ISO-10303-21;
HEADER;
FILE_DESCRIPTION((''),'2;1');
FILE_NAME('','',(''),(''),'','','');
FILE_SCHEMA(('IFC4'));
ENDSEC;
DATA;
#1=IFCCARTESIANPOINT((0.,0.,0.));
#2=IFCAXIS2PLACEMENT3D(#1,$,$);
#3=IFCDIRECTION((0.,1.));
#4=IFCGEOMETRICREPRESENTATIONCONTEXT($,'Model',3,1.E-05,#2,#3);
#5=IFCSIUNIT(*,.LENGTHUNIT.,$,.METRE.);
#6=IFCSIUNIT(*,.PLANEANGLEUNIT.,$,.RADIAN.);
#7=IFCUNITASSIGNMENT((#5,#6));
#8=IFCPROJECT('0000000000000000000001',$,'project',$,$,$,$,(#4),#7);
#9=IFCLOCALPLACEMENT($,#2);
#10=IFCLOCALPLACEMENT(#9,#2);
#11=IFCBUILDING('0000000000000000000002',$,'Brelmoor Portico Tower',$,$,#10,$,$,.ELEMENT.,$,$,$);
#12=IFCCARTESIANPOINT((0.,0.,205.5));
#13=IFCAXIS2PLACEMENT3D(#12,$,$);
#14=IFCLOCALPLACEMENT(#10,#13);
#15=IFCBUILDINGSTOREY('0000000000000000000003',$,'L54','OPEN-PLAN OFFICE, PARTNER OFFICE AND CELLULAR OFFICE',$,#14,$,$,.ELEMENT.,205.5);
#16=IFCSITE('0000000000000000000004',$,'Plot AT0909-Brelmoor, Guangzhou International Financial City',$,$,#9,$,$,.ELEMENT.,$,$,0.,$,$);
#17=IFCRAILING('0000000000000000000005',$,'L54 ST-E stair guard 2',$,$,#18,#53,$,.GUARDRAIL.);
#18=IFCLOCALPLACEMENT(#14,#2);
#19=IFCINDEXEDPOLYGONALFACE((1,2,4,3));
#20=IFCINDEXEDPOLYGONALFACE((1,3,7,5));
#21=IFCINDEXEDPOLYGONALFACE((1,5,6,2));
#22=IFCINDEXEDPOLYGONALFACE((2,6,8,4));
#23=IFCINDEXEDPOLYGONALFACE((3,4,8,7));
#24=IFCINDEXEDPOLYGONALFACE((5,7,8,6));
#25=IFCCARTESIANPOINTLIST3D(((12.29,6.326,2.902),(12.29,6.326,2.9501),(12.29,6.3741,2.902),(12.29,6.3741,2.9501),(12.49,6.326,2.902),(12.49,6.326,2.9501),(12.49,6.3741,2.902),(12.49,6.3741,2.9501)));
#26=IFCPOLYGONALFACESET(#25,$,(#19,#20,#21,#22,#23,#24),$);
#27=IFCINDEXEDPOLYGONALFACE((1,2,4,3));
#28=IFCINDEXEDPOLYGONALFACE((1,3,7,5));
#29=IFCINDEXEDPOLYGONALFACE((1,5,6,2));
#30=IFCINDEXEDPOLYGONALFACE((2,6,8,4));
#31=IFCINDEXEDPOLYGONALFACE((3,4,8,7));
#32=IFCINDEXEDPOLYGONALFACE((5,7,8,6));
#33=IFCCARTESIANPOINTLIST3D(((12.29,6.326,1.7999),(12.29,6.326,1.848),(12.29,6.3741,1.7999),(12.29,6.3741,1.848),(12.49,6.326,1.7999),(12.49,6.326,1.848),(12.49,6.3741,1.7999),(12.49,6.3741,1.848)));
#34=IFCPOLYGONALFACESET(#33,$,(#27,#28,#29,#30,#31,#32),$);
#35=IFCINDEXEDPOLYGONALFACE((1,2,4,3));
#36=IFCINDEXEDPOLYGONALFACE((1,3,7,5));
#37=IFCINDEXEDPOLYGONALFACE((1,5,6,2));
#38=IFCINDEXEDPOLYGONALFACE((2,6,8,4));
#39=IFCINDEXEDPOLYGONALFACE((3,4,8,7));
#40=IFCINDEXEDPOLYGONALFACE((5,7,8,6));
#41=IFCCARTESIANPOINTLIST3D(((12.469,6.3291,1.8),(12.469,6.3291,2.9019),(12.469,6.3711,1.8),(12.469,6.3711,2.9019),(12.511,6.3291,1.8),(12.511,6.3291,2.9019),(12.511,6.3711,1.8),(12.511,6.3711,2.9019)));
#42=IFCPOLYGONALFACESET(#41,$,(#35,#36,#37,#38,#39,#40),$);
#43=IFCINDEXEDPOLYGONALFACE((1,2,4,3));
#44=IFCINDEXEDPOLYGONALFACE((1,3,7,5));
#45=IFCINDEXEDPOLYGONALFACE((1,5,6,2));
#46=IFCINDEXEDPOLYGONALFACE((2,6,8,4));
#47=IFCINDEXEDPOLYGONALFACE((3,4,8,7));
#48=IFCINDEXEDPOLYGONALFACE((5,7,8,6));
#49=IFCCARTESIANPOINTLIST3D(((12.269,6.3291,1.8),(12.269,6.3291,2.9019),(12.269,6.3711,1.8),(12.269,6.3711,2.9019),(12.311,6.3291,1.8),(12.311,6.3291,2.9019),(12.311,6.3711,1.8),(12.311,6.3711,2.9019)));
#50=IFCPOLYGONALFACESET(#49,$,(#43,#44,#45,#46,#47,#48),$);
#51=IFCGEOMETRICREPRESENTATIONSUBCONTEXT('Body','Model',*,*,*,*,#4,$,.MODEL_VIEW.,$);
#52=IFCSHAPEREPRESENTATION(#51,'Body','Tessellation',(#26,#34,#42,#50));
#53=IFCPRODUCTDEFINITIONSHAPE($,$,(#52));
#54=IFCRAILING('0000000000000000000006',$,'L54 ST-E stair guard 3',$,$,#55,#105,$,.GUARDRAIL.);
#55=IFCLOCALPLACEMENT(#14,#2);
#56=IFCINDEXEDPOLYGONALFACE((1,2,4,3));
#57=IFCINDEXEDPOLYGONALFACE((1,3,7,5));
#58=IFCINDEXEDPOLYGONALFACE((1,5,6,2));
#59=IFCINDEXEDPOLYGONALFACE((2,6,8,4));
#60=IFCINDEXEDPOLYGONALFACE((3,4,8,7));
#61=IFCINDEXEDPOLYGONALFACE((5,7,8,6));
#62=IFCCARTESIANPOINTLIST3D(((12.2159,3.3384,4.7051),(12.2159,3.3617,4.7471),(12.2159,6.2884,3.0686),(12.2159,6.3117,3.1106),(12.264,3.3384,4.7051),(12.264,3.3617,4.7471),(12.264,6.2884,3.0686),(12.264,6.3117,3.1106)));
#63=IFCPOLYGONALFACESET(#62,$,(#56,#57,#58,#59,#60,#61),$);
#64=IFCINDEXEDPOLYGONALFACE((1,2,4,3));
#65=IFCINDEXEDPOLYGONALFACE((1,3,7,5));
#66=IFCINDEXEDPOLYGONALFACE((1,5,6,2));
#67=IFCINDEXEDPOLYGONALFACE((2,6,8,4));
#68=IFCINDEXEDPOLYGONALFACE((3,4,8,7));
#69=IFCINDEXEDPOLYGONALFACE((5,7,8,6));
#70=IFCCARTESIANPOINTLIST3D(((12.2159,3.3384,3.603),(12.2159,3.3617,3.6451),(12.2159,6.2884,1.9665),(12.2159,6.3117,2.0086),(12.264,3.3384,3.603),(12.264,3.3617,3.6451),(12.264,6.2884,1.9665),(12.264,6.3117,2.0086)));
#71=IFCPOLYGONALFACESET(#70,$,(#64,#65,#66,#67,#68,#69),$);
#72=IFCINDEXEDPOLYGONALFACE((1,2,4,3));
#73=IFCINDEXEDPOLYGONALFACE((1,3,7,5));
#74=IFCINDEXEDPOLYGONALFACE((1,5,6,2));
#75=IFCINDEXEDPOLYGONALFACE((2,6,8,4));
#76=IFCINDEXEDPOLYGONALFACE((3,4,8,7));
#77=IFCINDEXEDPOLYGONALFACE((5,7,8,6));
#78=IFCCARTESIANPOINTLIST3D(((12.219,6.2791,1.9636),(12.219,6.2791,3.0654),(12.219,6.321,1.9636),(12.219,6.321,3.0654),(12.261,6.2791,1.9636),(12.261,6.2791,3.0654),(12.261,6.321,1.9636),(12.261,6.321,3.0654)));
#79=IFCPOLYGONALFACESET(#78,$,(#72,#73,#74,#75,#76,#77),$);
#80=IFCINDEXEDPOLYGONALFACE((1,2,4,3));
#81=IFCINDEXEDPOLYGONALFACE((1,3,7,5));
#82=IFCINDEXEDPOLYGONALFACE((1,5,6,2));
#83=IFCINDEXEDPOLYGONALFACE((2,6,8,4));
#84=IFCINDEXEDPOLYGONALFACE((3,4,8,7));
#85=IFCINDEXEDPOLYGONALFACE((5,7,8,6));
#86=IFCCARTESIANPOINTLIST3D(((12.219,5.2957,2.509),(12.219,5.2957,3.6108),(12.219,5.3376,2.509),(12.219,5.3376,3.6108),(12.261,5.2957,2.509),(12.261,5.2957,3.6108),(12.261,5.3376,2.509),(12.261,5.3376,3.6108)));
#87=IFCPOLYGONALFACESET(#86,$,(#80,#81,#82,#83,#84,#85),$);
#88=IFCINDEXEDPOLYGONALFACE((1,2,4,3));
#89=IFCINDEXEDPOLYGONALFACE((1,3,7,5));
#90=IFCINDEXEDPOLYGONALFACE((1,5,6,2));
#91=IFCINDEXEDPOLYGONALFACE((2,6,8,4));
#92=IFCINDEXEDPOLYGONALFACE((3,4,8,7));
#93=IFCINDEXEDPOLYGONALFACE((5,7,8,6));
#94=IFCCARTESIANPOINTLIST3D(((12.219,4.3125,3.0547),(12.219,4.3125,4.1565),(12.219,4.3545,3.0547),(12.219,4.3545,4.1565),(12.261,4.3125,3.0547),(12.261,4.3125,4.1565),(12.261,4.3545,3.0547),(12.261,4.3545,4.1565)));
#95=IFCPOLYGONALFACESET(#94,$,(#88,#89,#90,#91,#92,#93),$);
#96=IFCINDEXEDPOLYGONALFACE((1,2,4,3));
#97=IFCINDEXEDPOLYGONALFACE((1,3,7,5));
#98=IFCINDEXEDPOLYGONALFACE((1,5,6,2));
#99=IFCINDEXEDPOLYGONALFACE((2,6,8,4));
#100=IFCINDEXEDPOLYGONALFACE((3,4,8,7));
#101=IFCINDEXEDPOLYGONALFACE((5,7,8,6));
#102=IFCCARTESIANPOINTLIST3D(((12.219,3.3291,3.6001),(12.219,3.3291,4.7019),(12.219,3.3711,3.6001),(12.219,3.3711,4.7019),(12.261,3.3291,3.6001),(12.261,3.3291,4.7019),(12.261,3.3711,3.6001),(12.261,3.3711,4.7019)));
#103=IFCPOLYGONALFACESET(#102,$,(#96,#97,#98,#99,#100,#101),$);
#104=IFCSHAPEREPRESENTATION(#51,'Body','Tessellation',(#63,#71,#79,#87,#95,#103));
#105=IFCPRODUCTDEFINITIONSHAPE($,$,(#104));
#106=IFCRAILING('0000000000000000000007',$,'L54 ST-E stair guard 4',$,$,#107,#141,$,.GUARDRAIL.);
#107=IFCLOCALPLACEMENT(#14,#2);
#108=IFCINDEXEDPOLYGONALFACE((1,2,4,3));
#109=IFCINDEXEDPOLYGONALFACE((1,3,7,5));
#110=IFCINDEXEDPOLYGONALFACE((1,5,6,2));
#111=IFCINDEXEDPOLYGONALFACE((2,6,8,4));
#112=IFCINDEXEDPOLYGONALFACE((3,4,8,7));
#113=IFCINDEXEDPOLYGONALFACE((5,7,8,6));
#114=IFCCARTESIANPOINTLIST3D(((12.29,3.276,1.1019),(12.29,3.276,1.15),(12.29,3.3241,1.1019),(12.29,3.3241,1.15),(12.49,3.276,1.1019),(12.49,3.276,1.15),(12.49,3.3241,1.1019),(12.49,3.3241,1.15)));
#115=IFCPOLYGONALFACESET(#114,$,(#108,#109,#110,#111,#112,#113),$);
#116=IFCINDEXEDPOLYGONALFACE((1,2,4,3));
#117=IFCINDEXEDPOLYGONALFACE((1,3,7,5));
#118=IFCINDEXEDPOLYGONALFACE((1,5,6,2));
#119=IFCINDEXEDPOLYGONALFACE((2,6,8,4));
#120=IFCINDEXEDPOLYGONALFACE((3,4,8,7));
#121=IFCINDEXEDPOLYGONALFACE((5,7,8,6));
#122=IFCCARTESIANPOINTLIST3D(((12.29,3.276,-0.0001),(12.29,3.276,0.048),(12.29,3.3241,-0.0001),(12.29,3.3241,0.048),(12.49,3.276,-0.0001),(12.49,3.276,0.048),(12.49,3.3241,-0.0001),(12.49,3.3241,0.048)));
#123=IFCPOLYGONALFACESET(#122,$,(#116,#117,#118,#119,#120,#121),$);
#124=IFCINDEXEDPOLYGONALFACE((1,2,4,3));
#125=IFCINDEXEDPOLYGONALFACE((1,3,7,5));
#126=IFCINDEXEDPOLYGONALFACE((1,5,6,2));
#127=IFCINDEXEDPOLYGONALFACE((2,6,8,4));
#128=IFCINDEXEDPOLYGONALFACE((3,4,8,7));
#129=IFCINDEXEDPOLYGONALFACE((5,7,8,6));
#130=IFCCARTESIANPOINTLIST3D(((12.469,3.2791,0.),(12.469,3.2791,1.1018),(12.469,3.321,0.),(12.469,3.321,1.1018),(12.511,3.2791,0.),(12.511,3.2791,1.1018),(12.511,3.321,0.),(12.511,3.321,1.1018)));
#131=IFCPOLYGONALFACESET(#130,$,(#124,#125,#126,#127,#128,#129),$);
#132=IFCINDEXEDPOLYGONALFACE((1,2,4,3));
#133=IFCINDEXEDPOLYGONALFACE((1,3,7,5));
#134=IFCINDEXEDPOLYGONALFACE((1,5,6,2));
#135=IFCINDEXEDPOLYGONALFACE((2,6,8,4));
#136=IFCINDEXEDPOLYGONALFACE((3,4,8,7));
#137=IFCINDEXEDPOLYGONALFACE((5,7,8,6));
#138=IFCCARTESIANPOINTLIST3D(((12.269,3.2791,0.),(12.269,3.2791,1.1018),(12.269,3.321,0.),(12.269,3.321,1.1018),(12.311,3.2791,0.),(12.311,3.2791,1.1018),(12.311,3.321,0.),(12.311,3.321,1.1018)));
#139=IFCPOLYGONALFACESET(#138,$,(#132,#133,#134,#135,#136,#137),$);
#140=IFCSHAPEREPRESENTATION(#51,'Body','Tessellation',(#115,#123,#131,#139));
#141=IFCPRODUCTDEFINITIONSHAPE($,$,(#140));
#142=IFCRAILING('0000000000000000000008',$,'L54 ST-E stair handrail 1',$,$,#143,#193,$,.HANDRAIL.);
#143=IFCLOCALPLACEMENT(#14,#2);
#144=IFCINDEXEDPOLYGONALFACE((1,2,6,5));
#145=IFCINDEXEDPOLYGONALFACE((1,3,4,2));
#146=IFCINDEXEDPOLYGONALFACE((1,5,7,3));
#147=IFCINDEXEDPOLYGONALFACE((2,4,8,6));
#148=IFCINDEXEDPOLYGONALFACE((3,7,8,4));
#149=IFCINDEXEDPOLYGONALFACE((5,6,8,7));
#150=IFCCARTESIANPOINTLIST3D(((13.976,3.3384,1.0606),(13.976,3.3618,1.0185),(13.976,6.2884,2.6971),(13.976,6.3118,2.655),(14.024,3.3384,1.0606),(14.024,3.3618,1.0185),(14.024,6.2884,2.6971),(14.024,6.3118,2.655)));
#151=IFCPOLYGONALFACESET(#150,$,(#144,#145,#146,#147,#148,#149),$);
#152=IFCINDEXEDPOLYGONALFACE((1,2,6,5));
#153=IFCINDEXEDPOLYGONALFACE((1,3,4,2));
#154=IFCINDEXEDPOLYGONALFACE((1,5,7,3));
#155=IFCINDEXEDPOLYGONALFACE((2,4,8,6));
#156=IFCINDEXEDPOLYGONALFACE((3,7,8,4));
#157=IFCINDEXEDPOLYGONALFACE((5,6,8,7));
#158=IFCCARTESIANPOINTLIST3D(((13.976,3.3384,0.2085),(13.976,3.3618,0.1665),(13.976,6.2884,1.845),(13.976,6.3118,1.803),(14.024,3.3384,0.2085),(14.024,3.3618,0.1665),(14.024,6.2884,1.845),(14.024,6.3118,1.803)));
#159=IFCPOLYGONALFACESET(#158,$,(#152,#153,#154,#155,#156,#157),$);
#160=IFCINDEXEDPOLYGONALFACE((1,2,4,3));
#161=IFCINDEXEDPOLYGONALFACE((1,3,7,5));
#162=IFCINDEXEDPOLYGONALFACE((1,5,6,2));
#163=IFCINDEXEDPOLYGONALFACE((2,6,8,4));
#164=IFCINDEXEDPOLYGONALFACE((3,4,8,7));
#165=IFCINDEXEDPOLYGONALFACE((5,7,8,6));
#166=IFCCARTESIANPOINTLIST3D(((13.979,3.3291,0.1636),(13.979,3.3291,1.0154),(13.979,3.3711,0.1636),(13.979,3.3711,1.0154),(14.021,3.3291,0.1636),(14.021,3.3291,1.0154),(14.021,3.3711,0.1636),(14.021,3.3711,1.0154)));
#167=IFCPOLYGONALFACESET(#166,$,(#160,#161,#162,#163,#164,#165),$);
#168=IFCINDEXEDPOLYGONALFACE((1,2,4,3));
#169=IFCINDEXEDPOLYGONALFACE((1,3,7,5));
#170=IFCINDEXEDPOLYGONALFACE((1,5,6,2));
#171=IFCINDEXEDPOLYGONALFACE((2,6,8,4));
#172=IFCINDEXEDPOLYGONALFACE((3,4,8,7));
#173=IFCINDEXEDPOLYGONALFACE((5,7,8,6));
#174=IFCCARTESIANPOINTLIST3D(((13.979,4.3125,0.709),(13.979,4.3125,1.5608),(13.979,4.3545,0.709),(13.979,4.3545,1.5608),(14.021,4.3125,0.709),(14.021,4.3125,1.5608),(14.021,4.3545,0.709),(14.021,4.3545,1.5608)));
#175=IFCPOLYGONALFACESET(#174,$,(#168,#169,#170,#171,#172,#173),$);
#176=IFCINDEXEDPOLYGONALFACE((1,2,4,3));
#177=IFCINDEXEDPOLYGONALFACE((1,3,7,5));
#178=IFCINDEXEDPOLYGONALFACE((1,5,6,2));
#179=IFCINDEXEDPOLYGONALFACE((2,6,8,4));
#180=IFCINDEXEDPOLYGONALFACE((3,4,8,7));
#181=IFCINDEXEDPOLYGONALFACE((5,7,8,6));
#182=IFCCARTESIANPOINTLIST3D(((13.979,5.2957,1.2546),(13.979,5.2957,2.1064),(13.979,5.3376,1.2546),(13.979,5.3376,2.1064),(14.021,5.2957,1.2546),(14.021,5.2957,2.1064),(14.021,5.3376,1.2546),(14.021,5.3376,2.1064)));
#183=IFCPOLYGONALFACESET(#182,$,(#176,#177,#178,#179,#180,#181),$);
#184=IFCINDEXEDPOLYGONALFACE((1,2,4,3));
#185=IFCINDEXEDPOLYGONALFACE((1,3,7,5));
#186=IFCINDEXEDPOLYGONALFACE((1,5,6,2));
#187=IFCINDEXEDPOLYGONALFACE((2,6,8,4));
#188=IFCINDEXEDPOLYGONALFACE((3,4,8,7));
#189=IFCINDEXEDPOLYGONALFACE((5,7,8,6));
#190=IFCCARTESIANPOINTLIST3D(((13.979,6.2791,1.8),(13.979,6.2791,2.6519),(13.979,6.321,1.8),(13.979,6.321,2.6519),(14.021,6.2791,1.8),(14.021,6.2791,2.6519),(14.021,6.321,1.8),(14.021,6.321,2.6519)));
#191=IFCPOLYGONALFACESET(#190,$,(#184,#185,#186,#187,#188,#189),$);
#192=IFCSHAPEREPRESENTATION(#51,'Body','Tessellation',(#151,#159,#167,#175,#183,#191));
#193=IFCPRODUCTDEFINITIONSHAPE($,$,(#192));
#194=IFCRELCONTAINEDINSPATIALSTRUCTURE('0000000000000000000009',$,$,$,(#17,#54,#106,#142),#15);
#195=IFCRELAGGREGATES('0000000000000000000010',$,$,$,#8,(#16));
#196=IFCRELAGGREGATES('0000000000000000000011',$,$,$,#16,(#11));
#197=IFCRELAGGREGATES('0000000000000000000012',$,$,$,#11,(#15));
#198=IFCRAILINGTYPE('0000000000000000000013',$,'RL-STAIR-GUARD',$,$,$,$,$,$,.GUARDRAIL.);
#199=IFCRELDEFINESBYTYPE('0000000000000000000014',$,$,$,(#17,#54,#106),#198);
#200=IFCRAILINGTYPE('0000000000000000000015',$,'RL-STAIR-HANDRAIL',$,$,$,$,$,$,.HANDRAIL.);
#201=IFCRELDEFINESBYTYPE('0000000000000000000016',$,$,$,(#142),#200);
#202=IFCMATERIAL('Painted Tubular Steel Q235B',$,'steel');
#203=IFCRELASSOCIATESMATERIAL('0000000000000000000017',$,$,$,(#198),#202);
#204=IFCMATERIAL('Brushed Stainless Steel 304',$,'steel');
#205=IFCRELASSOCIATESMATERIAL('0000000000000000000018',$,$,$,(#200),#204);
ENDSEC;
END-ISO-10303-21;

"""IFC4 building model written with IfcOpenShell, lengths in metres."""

from ifc_helpers import new_model, si_unit, direction, frame, origin, origin_2d, place, context, subcontext, project, spatial, rectangle, extrude, material, type_object, element, save


model = new_model("IFC4")

# Units and contexts
model_context = context("Model", 3, precision=1e-05, world=origin(), true_north=direction((0.0, 1.0)))
body_context = subcontext(model_context, "Body", "Model", "MODEL_VIEW")
ifc_project = project(units=[si_unit("LENGTHUNIT", "METRE"), si_unit("PLANEANGLEUNIT", "RADIAN")], contexts=[model_context])

# Site, building, storey
site_placement = place(None, origin())
site = spatial("IfcSite", under=ifc_project, at=site_placement, Name="Plot AT0909-Brelmoor, Guangzhou International Financial City", CompositionType="ELEMENT", RefElevation=0.0)
building_placement = place(site_placement, origin())
building = spatial("IfcBuilding", under=site, at=building_placement, Name="Brelmoor Portico Tower", CompositionType="ELEMENT")
storey_placement = place(building_placement, frame((0.0, 0.0, 205.5)))
storey = spatial("IfcBuildingStorey", under=building, at=storey_placement, Name="L54", Description="OPEN-PLAN OFFICE, PARTNER OFFICE AND CELLULAR OFFICE", CompositionType="ELEMENT", Elevation=205.5)

# Railings
ifc_material_1 = material(Name="Painted Tubular Steel Q235B", Category="steel")
railing_type_1 = type_object("IfcRailingType", Name="RL-STAIR-GUARD", PredefinedType="GUARDRAIL", material=ifc_material_1)
railing_1_placement = place(storey_placement, frame((12.49, 6.3501, 1.8)))
element("IfcRailing", 1, at=railing_1_placement, inside=storey, type_object=railing_type_1, Name="L54 ST-E stair guard 2", PredefinedType="GUARDRAIL", context=body_context, shape_type="SweptSolid", body=[
    extrude(rectangle(XDim=0.0481, YDim=0.0481, at=origin_2d()), frame((0.0, 0.0, 1.126), z_axis=(-1.0, 0.0, 0.0), x_axis=(0.0, -1.0, 0.0)), (0.0, 0.0, 1.0), 0.2),
    extrude(rectangle(XDim=0.0481, YDim=0.0481, at=origin_2d()), frame((0.0, 0.0, 0.0239), z_axis=(-1.0, 0.0, 0.0), x_axis=(0.0, -1.0, 0.0)), (0.0, 0.0, 1.0), 0.2),
    extrude(rectangle(XDim=0.042, YDim=0.042, at=origin_2d()), origin(), (0.0, 0.0, 1.0), 1.1018),
    extrude(rectangle(XDim=0.042, YDim=0.042, at=origin_2d()), frame((-0.2, 0.0, 0.0)), (0.0, 0.0, 1.0), 1.1018),
])
railing_2_placement = place(storey_placement, frame((12.24, 6.3, 1.9636)))
element("IfcRailing", 2, at=railing_2_placement, inside=storey, type_object=railing_type_1, Name="L54 ST-E stair guard 3", PredefinedType="GUARDRAIL", context=body_context, shape_type="SweptSolid", body=[
    extrude(rectangle(XDim=0.0481, YDim=0.0481, at=origin_2d()), frame((0.0, 0.0, 1.126), z_axis=(0.0, -0.874458, 0.485102), x_axis=(1.0, 0.0, 0.0)), (0.0, 0.0, 1.0), 3.3735),
    extrude(rectangle(XDim=0.0481, YDim=0.0481, at=origin_2d()), frame((0.0, 0.0, 0.0239), z_axis=(0.0, -0.874458, 0.485102), x_axis=(1.0, 0.0, 0.0)), (0.0, 0.0, 1.0), 3.3735),
    extrude(rectangle(XDim=0.042, YDim=0.042, at=origin_2d()), origin(), (0.0, 0.0, 1.0), 1.1018),
    extrude(rectangle(XDim=0.042, YDim=0.042, at=origin_2d()), frame((0.0, -0.9834, 0.5454)), (0.0, 0.0, 1.0), 1.1018),
    extrude(rectangle(XDim=0.042, YDim=0.042, at=origin_2d()), frame((0.0, -1.9666, 1.0911)), (0.0, 0.0, 1.0), 1.1018),
    extrude(rectangle(XDim=0.042, YDim=0.042, at=origin_2d()), frame((0.0, -2.95, 1.6365)), (0.0, 0.0, 1.0), 1.1018),
])
railing_3_placement = place(storey_placement, frame((12.49, 3.3, 0.0)))
element("IfcRailing", 3, at=railing_3_placement, inside=storey, type_object=railing_type_1, Name="L54 ST-E stair guard 4", PredefinedType="GUARDRAIL", context=body_context, shape_type="SweptSolid", body=[
    extrude(rectangle(XDim=0.0481, YDim=0.0481, at=origin_2d()), frame((0.0, 0.0, 1.126), z_axis=(-1.0, 0.0, 0.0), x_axis=(0.0, -1.0, 0.0)), (0.0, 0.0, 1.0), 0.2),
    extrude(rectangle(XDim=0.0481, YDim=0.0481, at=origin_2d()), frame((0.0, 0.0, 0.0239), z_axis=(-1.0, 0.0, 0.0), x_axis=(0.0, -1.0, 0.0)), (0.0, 0.0, 1.0), 0.2),
    extrude(rectangle(XDim=0.042, YDim=0.042, at=origin_2d()), origin(), (0.0, 0.0, 1.0), 1.1018),
    extrude(rectangle(XDim=0.042, YDim=0.042, at=origin_2d()), frame((-0.2, 0.0, 0.0)), (0.0, 0.0, 1.0), 1.1018),
])
ifc_material_2 = material(Name="Brushed Stainless Steel 304", Category="steel")
railing_type_2 = type_object("IfcRailingType", Name="RL-STAIR-HANDRAIL", PredefinedType="HANDRAIL", material=ifc_material_2)
railing_4_placement = place(storey_placement, frame((14.0, 3.3501, 0.1636)))
element("IfcRailing", 4, at=railing_4_placement, inside=storey, type_object=railing_type_2, Name="L54 ST-E stair handrail 1", PredefinedType="HANDRAIL", context=body_context, shape_type="SweptSolid", body=[
    extrude(rectangle(XDim=0.0481, YDim=0.0481, at=origin_2d()), frame((0.0, 0.0, 0.876), z_axis=(0.0, 0.874458, 0.485102), x_axis=(-1.0, 0.0, 0.0)), (0.0, 0.0, 1.0), 3.3735),
    extrude(rectangle(XDim=0.0481, YDim=0.0481, at=origin_2d()), frame((0.0, 0.0, 0.0239), z_axis=(0.0, 0.874458, 0.485102), x_axis=(-1.0, 0.0, 0.0)), (0.0, 0.0, 1.0), 3.3735),
    extrude(rectangle(XDim=0.042, YDim=0.042, at=origin_2d()), origin(), (0.0, 0.0, 1.0), 0.8518),
    extrude(rectangle(XDim=0.042, YDim=0.042, at=origin_2d()), frame((0.0, 0.9834, 0.5454)), (0.0, 0.0, 1.0), 0.8518),
    extrude(rectangle(XDim=0.042, YDim=0.042, at=origin_2d()), frame((0.0, 1.9666, 1.0911)), (0.0, 0.0, 1.0), 0.8518),
    extrude(rectangle(XDim=0.042, YDim=0.042, at=origin_2d()), frame((0.0, 2.95, 1.6365)), (0.0, 0.0, 1.0), 0.8518),
])

save(model, "model.ifc")
